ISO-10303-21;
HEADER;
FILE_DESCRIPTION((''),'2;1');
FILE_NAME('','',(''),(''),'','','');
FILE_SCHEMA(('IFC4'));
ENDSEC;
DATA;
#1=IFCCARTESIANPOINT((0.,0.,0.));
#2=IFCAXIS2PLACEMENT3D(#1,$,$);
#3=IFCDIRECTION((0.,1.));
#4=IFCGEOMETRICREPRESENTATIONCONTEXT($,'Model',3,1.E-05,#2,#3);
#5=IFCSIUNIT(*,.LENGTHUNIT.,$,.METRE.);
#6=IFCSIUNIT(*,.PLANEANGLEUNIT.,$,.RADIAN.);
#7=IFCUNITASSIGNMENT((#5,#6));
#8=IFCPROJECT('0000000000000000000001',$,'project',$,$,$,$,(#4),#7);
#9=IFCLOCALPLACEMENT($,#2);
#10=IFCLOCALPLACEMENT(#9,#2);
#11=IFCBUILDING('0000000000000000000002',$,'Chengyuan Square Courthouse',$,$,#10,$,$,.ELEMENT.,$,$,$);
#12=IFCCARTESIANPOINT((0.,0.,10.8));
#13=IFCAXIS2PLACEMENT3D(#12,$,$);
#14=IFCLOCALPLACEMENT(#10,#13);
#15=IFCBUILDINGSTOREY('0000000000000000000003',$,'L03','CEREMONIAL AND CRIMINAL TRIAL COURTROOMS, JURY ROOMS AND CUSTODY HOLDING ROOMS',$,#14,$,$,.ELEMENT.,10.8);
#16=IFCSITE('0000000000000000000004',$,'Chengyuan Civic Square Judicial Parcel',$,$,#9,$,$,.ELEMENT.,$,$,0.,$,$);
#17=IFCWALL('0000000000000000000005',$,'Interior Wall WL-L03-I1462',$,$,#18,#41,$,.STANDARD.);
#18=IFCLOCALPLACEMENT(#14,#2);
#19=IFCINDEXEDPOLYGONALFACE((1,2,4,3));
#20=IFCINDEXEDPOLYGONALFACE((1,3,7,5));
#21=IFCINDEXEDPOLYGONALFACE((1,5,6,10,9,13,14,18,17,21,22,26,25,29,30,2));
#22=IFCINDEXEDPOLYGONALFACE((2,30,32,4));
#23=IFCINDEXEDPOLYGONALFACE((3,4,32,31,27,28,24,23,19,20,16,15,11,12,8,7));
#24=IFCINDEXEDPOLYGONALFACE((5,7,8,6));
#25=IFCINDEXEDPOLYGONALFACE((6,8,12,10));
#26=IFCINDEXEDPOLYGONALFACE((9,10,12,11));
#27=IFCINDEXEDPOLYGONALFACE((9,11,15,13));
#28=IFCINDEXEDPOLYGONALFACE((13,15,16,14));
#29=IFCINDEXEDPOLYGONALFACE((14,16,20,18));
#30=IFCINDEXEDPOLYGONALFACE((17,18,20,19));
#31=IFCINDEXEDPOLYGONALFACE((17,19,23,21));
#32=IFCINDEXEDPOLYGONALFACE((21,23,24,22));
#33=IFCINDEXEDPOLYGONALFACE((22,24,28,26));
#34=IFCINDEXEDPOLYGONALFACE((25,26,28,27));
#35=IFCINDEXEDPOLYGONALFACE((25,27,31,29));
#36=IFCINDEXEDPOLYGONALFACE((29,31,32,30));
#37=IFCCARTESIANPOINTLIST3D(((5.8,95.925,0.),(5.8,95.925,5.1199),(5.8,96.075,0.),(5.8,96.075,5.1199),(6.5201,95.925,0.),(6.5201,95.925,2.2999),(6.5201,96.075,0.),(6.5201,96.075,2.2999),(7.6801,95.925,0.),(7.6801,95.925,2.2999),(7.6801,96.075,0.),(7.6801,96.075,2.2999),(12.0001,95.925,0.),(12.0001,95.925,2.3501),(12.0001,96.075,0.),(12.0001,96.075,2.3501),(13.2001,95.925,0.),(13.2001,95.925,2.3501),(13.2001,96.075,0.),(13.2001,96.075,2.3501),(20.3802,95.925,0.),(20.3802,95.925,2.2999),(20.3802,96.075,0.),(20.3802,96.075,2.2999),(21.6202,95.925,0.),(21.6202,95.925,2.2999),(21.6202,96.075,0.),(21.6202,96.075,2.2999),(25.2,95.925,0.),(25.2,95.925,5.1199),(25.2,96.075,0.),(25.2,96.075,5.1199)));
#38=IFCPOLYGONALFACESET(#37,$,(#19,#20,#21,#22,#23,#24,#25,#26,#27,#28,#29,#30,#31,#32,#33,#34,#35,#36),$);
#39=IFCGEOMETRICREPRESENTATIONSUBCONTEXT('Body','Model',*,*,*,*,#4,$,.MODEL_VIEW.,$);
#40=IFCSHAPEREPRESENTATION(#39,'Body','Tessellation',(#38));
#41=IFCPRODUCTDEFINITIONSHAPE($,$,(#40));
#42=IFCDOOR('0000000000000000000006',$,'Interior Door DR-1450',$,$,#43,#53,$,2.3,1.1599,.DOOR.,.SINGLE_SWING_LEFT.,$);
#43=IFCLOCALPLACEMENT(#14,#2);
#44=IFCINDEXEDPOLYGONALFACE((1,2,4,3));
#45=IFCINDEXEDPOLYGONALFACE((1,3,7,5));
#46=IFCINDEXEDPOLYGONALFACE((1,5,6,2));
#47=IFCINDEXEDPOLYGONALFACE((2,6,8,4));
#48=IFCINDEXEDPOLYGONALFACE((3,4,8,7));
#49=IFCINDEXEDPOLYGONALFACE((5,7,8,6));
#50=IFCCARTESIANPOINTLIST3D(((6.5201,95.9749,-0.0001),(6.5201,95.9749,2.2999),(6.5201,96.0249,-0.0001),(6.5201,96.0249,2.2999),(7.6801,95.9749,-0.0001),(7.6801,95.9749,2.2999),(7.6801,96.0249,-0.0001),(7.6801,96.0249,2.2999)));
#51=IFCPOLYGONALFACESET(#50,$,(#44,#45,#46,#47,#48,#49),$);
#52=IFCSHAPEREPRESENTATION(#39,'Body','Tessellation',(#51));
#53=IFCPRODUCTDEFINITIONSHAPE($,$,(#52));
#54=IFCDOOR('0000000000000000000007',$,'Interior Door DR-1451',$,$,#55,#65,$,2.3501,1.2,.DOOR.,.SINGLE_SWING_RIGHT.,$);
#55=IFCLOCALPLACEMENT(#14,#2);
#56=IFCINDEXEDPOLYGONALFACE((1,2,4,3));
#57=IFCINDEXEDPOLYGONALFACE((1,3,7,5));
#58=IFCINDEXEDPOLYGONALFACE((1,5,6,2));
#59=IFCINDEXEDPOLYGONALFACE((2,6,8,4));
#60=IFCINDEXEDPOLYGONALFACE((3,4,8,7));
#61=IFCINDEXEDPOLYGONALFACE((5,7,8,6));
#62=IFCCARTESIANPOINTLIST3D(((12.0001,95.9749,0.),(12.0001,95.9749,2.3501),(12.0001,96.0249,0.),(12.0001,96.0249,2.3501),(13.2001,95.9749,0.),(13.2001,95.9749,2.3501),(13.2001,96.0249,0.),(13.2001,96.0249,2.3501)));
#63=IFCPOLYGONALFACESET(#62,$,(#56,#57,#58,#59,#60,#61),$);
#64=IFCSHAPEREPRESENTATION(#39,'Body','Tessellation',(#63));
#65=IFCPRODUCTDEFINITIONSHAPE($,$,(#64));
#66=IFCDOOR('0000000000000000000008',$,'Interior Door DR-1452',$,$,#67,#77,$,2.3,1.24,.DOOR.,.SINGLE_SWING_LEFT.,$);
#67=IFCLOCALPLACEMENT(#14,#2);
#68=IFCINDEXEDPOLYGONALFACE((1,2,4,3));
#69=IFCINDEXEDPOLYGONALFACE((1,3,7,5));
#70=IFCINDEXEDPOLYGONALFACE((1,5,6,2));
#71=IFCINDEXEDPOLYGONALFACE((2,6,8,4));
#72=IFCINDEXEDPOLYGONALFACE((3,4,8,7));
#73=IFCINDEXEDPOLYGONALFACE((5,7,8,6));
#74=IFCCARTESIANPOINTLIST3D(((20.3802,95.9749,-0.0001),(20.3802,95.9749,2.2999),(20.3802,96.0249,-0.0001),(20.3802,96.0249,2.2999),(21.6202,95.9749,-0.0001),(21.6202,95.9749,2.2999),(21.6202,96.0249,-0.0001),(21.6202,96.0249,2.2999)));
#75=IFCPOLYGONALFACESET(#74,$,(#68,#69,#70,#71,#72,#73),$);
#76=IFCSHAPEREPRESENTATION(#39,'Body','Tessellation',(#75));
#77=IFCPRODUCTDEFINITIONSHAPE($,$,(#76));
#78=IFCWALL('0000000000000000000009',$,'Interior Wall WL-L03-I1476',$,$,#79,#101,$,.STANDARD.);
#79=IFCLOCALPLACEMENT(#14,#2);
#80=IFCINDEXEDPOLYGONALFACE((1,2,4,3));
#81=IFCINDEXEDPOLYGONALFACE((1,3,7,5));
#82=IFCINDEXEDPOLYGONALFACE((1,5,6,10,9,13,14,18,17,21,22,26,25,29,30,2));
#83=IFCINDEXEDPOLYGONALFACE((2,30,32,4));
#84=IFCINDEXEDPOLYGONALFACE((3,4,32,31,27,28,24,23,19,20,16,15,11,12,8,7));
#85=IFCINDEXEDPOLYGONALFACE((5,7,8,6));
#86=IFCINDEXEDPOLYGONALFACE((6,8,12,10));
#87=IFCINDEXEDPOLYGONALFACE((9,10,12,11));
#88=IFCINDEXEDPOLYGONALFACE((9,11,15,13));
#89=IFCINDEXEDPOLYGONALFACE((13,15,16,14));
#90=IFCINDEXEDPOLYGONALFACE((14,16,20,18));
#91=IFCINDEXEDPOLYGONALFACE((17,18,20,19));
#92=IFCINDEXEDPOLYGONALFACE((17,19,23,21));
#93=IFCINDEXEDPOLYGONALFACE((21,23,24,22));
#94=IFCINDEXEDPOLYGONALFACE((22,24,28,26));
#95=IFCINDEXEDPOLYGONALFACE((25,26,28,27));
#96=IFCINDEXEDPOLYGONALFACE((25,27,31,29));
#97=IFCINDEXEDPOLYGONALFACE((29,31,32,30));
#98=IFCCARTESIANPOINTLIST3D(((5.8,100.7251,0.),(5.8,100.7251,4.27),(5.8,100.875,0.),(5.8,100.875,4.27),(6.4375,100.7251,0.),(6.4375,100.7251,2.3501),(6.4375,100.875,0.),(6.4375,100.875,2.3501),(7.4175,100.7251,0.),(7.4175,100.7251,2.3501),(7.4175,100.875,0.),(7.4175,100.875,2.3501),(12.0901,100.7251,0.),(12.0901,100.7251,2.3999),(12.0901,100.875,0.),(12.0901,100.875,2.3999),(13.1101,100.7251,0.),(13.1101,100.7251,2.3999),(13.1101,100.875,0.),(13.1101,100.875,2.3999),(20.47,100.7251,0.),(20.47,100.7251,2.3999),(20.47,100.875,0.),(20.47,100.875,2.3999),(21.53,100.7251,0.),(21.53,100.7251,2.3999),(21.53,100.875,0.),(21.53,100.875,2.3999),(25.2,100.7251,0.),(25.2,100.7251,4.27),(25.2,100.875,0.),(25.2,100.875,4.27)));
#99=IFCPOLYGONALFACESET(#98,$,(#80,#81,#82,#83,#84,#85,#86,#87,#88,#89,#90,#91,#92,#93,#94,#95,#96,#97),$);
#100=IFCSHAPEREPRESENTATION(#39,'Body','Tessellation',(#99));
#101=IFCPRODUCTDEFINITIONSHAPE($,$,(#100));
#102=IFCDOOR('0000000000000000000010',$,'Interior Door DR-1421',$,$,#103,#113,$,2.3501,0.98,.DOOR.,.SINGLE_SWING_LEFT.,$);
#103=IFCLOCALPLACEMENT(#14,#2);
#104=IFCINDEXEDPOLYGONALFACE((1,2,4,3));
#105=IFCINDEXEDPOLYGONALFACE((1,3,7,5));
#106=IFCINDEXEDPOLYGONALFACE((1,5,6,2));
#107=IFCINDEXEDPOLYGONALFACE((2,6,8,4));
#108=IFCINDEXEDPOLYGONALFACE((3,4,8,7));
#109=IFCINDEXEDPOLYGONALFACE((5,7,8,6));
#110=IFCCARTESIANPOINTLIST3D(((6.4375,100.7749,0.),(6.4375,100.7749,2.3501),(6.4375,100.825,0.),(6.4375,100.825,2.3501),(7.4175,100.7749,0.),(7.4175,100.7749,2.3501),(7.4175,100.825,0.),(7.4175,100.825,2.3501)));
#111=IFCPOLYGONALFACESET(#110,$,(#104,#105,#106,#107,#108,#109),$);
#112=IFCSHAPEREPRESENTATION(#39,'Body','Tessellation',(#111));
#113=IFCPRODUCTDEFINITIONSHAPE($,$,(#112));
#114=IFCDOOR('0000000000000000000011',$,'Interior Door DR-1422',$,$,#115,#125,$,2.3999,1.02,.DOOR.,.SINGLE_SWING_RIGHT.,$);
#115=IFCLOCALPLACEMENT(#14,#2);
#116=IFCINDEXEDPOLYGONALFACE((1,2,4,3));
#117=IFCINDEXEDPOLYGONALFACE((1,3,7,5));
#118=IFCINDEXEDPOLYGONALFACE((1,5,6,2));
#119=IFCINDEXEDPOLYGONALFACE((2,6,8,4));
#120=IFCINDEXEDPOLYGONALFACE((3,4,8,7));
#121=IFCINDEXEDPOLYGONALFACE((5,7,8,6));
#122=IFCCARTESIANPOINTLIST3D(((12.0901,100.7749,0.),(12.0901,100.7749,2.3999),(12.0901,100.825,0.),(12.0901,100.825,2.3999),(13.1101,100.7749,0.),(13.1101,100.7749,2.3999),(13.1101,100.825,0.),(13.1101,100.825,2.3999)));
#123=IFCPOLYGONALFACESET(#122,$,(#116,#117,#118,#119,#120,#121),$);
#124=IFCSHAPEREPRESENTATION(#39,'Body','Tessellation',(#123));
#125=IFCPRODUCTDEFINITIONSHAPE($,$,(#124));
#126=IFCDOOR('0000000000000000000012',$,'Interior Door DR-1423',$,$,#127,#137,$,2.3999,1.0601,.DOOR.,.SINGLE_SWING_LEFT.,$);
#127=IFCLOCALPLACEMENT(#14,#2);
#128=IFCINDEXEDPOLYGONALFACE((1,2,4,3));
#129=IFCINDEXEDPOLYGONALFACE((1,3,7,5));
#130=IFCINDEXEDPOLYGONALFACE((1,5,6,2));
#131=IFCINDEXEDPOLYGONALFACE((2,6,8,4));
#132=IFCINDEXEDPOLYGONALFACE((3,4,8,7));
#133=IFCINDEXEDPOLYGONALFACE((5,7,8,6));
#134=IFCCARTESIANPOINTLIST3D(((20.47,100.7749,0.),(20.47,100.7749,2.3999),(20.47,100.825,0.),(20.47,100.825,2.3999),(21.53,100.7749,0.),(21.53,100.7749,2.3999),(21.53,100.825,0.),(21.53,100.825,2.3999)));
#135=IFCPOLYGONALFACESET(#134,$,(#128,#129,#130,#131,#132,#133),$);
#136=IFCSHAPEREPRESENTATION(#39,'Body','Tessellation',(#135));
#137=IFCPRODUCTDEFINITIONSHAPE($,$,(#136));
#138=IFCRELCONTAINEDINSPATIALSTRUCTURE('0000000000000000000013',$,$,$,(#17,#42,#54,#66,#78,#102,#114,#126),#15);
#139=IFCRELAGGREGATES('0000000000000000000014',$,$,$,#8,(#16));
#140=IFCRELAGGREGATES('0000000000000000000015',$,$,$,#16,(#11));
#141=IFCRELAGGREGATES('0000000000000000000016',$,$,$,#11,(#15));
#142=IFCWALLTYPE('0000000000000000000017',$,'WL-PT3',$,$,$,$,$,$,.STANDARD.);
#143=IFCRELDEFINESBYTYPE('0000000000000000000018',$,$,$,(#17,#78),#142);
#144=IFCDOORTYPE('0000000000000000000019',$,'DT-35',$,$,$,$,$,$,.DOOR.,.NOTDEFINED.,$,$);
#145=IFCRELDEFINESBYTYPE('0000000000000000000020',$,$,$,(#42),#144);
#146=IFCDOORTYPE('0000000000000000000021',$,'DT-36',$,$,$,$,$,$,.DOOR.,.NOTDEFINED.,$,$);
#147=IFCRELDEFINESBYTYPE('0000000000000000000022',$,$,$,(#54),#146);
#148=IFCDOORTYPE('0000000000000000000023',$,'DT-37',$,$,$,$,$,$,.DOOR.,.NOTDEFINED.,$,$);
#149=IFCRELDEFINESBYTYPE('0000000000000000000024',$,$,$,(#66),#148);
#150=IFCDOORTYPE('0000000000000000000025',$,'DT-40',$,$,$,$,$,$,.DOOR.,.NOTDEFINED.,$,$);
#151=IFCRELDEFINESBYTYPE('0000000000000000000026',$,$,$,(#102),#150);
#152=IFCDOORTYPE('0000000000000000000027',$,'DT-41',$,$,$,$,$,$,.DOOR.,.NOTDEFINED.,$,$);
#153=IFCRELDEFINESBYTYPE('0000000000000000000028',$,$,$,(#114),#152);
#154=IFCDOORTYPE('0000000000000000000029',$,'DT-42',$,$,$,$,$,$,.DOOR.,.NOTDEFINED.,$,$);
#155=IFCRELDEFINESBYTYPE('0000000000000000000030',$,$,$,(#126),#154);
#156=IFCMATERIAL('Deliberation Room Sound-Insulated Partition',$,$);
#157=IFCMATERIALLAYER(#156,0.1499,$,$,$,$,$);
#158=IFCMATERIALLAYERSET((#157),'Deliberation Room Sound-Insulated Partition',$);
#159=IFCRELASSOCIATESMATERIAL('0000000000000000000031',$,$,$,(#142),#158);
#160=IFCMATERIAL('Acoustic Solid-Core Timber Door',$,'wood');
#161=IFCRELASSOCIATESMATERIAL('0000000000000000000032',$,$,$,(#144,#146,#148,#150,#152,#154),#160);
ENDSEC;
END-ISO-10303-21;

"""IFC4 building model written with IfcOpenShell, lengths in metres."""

from ifc_helpers import new_model, si_unit, direction, frame, frame_2d, origin, place, context, subcontext, project, spatial, rectangle, extrude, material, layer, layer_set, type_object, element, fill, save


model = new_model("IFC4")

# Units and contexts
model_context = context("Model", 3, precision=1e-05, world=origin(), true_north=direction((0.0, 1.0)))
body_context = subcontext(model_context, "Body", "Model", "MODEL_VIEW")
ifc_project = project(units=[si_unit("LENGTHUNIT", "METRE"), si_unit("PLANEANGLEUNIT", "RADIAN")], contexts=[model_context])

# Site, building, storey
site_placement = place(None, origin())
site = spatial("IfcSite", under=ifc_project, at=site_placement, Name="Chengyuan Civic Square Judicial Parcel", CompositionType="ELEMENT", RefElevation=0.0)
building_placement = place(site_placement, origin())
building = spatial("IfcBuilding", under=site, at=building_placement, Name="Chengyuan Square Courthouse", CompositionType="ELEMENT")
storey_placement = place(building_placement, frame((0.0, 0.0, 10.8)))
storey = spatial("IfcBuildingStorey", under=building, at=storey_placement, Name="L03", Description="CEREMONIAL AND CRIMINAL TRIAL COURTROOMS, JURY ROOMS AND CUSTODY HOLDING ROOMS", CompositionType="ELEMENT", Elevation=10.8)

# Walls, openings, doors
ifc_material_1 = material(Name="Deliberation Room Sound-Insulated Partition")
ifc_layer_1 = layer(ifc_material_1, 0.1499)
ifc_layer_set_1 = layer_set([ifc_layer_1], Name="Deliberation Room Sound-Insulated Partition")
wall_type_1 = type_object("IfcWallType", Name="WL-PT3", PredefinedType="STANDARD", material=ifc_layer_set_1)
wall_1_placement = place(storey_placement, frame((5.8, 96.0, 0.0), z_axis=(0.0, 0.0, 1.0), x_axis=(1.0, 0.0, 0.0)))
wall_1 = element("IfcWall", 1, at=wall_1_placement, inside=storey, type_object=wall_type_1, Name="Interior Wall WL-L03-I1462", PredefinedType="STANDARD", context=body_context, shape_type="SweptSolid", body=[
    extrude(rectangle(XDim=19.3999, YDim=0.1499, at=frame_2d((9.7, 0.0))), origin(), (0.0, 0.0, 1.0), 5.1199),
])
opening_1_placement = place(wall_1_placement, frame((0.72, 0.0, 0.0)))
opening_1 = element("IfcOpeningElement", 2, at=opening_1_placement, cuts=wall_1, PredefinedType="OPENING", context=body_context, shape_type="SweptSolid", body=[
    extrude(rectangle(XDim=1.1599, YDim=2.3, at=frame_2d((0.5801, 1.1499))), frame((0.0, 0.0869, 0.0), z_axis=(0.0, -1.0, 0.0), x_axis=(1.0, 0.0, 0.0)), (0.0, 0.0, 1.0), 0.1738),
])
opening_2_placement = place(wall_1_placement, frame((6.2, 0.0, 0.0)))
opening_2 = element("IfcOpeningElement", 3, at=opening_2_placement, cuts=wall_1, PredefinedType="OPENING", context=body_context, shape_type="SweptSolid", body=[
    extrude(rectangle(XDim=1.2, YDim=2.3501, at=frame_2d((0.6001, 1.175))), frame((0.0, 0.0869, 0.0), z_axis=(0.0, -1.0, 0.0), x_axis=(1.0, 0.0, 0.0)), (0.0, 0.0, 1.0), 0.1738),
])
opening_3_placement = place(wall_1_placement, frame((14.5801, 0.0, 0.0)))
opening_3 = element("IfcOpeningElement", 4, at=opening_3_placement, cuts=wall_1, PredefinedType="OPENING", context=body_context, shape_type="SweptSolid", body=[
    extrude(rectangle(XDim=1.24, YDim=2.3, at=frame_2d((0.6201, 1.1499))), frame((0.0, 0.0869, 0.0), z_axis=(0.0, -1.0, 0.0), x_axis=(1.0, 0.0, 0.0)), (0.0, 0.0, 1.0), 0.1738),
])
ifc_material_2 = material(Name="Acoustic Solid-Core Timber Door", Category="wood")
door_type_1 = type_object("IfcDoorType", Name="DT-35", OperationType="NOTDEFINED", PredefinedType="DOOR", material=ifc_material_2)
door_1_placement = place(opening_1_placement, origin())
door_1 = element("IfcDoor", 5, at=door_1_placement, inside=storey, type_object=door_type_1, Name="Interior Door DR-1450", OperationType="SINGLE_SWING_LEFT", OverallHeight=2.3, OverallWidth=1.1599, PredefinedType="DOOR", context=body_context, shape_type="SweptSolid", body=[
    extrude(rectangle(XDim=1.1599, YDim=2.3, at=frame_2d((0.5801, 1.1499))), frame((0.0, 0.0249, 0.0), z_axis=(0.0, -1.0, 0.0), x_axis=(1.0, 0.0, 0.0)), (0.0, 0.0, 1.0), 0.05),
])
fill(opening_1, door_1)
door_type_2 = type_object("IfcDoorType", Name="DT-36", OperationType="NOTDEFINED", PredefinedType="DOOR", material=ifc_material_2)
door_2_placement = place(opening_2_placement, origin())
door_2 = element("IfcDoor", 6, at=door_2_placement, inside=storey, type_object=door_type_2, Name="Interior Door DR-1451", OperationType="SINGLE_SWING_RIGHT", OverallHeight=2.3501, OverallWidth=1.2, PredefinedType="DOOR", context=body_context, shape_type="SweptSolid", body=[
    extrude(rectangle(XDim=1.2, YDim=2.3501, at=frame_2d((0.6001, 1.175))), frame((0.0, 0.0249, 0.0), z_axis=(0.0, -1.0, 0.0), x_axis=(1.0, 0.0, 0.0)), (0.0, 0.0, 1.0), 0.05),
])
fill(opening_2, door_2)
door_type_3 = type_object("IfcDoorType", Name="DT-37", OperationType="NOTDEFINED", PredefinedType="DOOR", material=ifc_material_2)
door_3_placement = place(opening_3_placement, origin())
door_3 = element("IfcDoor", 7, at=door_3_placement, inside=storey, type_object=door_type_3, Name="Interior Door DR-1452", OperationType="SINGLE_SWING_LEFT", OverallHeight=2.3, OverallWidth=1.24, PredefinedType="DOOR", context=body_context, shape_type="SweptSolid", body=[
    extrude(rectangle(XDim=1.24, YDim=2.3, at=frame_2d((0.6201, 1.1499))), frame((0.0, 0.0249, 0.0), z_axis=(0.0, -1.0, 0.0), x_axis=(1.0, 0.0, 0.0)), (0.0, 0.0, 1.0), 0.05),
])
fill(opening_3, door_3)
wall_2_placement = place(storey_placement, frame((5.8, 100.8, 0.0), z_axis=(0.0, 0.0, 1.0), x_axis=(1.0, 0.0, 0.0)))
wall_2 = element("IfcWall", 8, at=wall_2_placement, inside=storey, type_object=wall_type_1, Name="Interior Wall WL-L03-I1476", PredefinedType="STANDARD", context=body_context, shape_type="SweptSolid", body=[
    extrude(rectangle(XDim=19.3999, YDim=0.1499, at=frame_2d((9.7, 0.0))), origin(), (0.0, 0.0, 1.0), 4.27),
])
opening_4_placement = place(wall_2_placement, frame((0.6375, 0.0, 0.0)))
opening_4 = element("IfcOpeningElement", 9, at=opening_4_placement, cuts=wall_2, PredefinedType="OPENING", context=body_context, shape_type="SweptSolid", body=[
    extrude(rectangle(XDim=0.98, YDim=2.3501, at=frame_2d((0.49, 1.175))), frame((0.0, 0.0869, 0.0), z_axis=(0.0, -1.0, 0.0), x_axis=(1.0, 0.0, 0.0)), (0.0, 0.0, 1.0), 0.1738),
])
opening_5_placement = place(wall_2_placement, frame((6.29, 0.0, 0.0)))
opening_5 = element("IfcOpeningElement", 10, at=opening_5_placement, cuts=wall_2, PredefinedType="OPENING", context=body_context, shape_type="SweptSolid", body=[
    extrude(rectangle(XDim=1.02, YDim=2.3999, at=frame_2d((0.51, 1.2))), frame((0.0, 0.0869, 0.0), z_axis=(0.0, -1.0, 0.0), x_axis=(1.0, 0.0, 0.0)), (0.0, 0.0, 1.0), 0.1738),
])
opening_6_placement = place(wall_2_placement, frame((14.6699, 0.0, 0.0)))
opening_6 = element("IfcOpeningElement", 11, at=opening_6_placement, cuts=wall_2, PredefinedType="OPENING", context=body_context, shape_type="SweptSolid", body=[
    extrude(rectangle(XDim=1.0601, YDim=2.3999, at=frame_2d((0.53, 1.2))), frame((0.0, 0.0869, 0.0), z_axis=(0.0, -1.0, 0.0), x_axis=(1.0, 0.0, 0.0)), (0.0, 0.0, 1.0), 0.1738),
])
door_type_4 = type_object("IfcDoorType", Name="DT-40", OperationType="NOTDEFINED", PredefinedType="DOOR", material=ifc_material_2)
door_4_placement = place(opening_4_placement, origin())
door_4 = element("IfcDoor", 12, at=door_4_placement, inside=storey, type_object=door_type_4, Name="Interior Door DR-1421", OperationType="SINGLE_SWING_LEFT", OverallHeight=2.3501, OverallWidth=0.98, PredefinedType="DOOR", context=body_context, shape_type="SweptSolid", body=[
    extrude(rectangle(XDim=0.98, YDim=2.3501, at=frame_2d((0.49, 1.175))), frame((0.0, 0.0249, 0.0), z_axis=(0.0, -1.0, 0.0), x_axis=(1.0, 0.0, 0.0)), (0.0, 0.0, 1.0), 0.05),
])
fill(opening_4, door_4)
door_type_5 = type_object("IfcDoorType", Name="DT-41", OperationType="NOTDEFINED", PredefinedType="DOOR", material=ifc_material_2)
door_5_placement = place(opening_5_placement, origin())
door_5 = element("IfcDoor", 13, at=door_5_placement, inside=storey, type_object=door_type_5, Name="Interior Door DR-1422", OperationType="SINGLE_SWING_RIGHT", OverallHeight=2.3999, OverallWidth=1.02, PredefinedType="DOOR", context=body_context, shape_type="SweptSolid", body=[
    extrude(rectangle(XDim=1.02, YDim=2.3999, at=frame_2d((0.51, 1.2))), frame((0.0, 0.0249, 0.0), z_axis=(0.0, -1.0, 0.0), x_axis=(1.0, 0.0, 0.0)), (0.0, 0.0, 1.0), 0.05),
])
fill(opening_5, door_5)
door_type_6 = type_object("IfcDoorType", Name="DT-42", OperationType="NOTDEFINED", PredefinedType="DOOR", material=ifc_material_2)
door_6_placement = place(opening_6_placement, origin())
door_6 = element("IfcDoor", 14, at=door_6_placement, inside=storey, type_object=door_type_6, Name="Interior Door DR-1423", OperationType="SINGLE_SWING_LEFT", OverallHeight=2.3999, OverallWidth=1.0601, PredefinedType="DOOR", context=body_context, shape_type="SweptSolid", body=[
    extrude(rectangle(XDim=1.0601, YDim=2.3999, at=frame_2d((0.53, 1.2))), frame((0.0, 0.0249, 0.0), z_axis=(0.0, -1.0, 0.0), x_axis=(1.0, 0.0, 0.0)), (0.0, 0.0, 1.0), 0.05),
])
fill(opening_6, door_6)

save(model, "model.ifc")
